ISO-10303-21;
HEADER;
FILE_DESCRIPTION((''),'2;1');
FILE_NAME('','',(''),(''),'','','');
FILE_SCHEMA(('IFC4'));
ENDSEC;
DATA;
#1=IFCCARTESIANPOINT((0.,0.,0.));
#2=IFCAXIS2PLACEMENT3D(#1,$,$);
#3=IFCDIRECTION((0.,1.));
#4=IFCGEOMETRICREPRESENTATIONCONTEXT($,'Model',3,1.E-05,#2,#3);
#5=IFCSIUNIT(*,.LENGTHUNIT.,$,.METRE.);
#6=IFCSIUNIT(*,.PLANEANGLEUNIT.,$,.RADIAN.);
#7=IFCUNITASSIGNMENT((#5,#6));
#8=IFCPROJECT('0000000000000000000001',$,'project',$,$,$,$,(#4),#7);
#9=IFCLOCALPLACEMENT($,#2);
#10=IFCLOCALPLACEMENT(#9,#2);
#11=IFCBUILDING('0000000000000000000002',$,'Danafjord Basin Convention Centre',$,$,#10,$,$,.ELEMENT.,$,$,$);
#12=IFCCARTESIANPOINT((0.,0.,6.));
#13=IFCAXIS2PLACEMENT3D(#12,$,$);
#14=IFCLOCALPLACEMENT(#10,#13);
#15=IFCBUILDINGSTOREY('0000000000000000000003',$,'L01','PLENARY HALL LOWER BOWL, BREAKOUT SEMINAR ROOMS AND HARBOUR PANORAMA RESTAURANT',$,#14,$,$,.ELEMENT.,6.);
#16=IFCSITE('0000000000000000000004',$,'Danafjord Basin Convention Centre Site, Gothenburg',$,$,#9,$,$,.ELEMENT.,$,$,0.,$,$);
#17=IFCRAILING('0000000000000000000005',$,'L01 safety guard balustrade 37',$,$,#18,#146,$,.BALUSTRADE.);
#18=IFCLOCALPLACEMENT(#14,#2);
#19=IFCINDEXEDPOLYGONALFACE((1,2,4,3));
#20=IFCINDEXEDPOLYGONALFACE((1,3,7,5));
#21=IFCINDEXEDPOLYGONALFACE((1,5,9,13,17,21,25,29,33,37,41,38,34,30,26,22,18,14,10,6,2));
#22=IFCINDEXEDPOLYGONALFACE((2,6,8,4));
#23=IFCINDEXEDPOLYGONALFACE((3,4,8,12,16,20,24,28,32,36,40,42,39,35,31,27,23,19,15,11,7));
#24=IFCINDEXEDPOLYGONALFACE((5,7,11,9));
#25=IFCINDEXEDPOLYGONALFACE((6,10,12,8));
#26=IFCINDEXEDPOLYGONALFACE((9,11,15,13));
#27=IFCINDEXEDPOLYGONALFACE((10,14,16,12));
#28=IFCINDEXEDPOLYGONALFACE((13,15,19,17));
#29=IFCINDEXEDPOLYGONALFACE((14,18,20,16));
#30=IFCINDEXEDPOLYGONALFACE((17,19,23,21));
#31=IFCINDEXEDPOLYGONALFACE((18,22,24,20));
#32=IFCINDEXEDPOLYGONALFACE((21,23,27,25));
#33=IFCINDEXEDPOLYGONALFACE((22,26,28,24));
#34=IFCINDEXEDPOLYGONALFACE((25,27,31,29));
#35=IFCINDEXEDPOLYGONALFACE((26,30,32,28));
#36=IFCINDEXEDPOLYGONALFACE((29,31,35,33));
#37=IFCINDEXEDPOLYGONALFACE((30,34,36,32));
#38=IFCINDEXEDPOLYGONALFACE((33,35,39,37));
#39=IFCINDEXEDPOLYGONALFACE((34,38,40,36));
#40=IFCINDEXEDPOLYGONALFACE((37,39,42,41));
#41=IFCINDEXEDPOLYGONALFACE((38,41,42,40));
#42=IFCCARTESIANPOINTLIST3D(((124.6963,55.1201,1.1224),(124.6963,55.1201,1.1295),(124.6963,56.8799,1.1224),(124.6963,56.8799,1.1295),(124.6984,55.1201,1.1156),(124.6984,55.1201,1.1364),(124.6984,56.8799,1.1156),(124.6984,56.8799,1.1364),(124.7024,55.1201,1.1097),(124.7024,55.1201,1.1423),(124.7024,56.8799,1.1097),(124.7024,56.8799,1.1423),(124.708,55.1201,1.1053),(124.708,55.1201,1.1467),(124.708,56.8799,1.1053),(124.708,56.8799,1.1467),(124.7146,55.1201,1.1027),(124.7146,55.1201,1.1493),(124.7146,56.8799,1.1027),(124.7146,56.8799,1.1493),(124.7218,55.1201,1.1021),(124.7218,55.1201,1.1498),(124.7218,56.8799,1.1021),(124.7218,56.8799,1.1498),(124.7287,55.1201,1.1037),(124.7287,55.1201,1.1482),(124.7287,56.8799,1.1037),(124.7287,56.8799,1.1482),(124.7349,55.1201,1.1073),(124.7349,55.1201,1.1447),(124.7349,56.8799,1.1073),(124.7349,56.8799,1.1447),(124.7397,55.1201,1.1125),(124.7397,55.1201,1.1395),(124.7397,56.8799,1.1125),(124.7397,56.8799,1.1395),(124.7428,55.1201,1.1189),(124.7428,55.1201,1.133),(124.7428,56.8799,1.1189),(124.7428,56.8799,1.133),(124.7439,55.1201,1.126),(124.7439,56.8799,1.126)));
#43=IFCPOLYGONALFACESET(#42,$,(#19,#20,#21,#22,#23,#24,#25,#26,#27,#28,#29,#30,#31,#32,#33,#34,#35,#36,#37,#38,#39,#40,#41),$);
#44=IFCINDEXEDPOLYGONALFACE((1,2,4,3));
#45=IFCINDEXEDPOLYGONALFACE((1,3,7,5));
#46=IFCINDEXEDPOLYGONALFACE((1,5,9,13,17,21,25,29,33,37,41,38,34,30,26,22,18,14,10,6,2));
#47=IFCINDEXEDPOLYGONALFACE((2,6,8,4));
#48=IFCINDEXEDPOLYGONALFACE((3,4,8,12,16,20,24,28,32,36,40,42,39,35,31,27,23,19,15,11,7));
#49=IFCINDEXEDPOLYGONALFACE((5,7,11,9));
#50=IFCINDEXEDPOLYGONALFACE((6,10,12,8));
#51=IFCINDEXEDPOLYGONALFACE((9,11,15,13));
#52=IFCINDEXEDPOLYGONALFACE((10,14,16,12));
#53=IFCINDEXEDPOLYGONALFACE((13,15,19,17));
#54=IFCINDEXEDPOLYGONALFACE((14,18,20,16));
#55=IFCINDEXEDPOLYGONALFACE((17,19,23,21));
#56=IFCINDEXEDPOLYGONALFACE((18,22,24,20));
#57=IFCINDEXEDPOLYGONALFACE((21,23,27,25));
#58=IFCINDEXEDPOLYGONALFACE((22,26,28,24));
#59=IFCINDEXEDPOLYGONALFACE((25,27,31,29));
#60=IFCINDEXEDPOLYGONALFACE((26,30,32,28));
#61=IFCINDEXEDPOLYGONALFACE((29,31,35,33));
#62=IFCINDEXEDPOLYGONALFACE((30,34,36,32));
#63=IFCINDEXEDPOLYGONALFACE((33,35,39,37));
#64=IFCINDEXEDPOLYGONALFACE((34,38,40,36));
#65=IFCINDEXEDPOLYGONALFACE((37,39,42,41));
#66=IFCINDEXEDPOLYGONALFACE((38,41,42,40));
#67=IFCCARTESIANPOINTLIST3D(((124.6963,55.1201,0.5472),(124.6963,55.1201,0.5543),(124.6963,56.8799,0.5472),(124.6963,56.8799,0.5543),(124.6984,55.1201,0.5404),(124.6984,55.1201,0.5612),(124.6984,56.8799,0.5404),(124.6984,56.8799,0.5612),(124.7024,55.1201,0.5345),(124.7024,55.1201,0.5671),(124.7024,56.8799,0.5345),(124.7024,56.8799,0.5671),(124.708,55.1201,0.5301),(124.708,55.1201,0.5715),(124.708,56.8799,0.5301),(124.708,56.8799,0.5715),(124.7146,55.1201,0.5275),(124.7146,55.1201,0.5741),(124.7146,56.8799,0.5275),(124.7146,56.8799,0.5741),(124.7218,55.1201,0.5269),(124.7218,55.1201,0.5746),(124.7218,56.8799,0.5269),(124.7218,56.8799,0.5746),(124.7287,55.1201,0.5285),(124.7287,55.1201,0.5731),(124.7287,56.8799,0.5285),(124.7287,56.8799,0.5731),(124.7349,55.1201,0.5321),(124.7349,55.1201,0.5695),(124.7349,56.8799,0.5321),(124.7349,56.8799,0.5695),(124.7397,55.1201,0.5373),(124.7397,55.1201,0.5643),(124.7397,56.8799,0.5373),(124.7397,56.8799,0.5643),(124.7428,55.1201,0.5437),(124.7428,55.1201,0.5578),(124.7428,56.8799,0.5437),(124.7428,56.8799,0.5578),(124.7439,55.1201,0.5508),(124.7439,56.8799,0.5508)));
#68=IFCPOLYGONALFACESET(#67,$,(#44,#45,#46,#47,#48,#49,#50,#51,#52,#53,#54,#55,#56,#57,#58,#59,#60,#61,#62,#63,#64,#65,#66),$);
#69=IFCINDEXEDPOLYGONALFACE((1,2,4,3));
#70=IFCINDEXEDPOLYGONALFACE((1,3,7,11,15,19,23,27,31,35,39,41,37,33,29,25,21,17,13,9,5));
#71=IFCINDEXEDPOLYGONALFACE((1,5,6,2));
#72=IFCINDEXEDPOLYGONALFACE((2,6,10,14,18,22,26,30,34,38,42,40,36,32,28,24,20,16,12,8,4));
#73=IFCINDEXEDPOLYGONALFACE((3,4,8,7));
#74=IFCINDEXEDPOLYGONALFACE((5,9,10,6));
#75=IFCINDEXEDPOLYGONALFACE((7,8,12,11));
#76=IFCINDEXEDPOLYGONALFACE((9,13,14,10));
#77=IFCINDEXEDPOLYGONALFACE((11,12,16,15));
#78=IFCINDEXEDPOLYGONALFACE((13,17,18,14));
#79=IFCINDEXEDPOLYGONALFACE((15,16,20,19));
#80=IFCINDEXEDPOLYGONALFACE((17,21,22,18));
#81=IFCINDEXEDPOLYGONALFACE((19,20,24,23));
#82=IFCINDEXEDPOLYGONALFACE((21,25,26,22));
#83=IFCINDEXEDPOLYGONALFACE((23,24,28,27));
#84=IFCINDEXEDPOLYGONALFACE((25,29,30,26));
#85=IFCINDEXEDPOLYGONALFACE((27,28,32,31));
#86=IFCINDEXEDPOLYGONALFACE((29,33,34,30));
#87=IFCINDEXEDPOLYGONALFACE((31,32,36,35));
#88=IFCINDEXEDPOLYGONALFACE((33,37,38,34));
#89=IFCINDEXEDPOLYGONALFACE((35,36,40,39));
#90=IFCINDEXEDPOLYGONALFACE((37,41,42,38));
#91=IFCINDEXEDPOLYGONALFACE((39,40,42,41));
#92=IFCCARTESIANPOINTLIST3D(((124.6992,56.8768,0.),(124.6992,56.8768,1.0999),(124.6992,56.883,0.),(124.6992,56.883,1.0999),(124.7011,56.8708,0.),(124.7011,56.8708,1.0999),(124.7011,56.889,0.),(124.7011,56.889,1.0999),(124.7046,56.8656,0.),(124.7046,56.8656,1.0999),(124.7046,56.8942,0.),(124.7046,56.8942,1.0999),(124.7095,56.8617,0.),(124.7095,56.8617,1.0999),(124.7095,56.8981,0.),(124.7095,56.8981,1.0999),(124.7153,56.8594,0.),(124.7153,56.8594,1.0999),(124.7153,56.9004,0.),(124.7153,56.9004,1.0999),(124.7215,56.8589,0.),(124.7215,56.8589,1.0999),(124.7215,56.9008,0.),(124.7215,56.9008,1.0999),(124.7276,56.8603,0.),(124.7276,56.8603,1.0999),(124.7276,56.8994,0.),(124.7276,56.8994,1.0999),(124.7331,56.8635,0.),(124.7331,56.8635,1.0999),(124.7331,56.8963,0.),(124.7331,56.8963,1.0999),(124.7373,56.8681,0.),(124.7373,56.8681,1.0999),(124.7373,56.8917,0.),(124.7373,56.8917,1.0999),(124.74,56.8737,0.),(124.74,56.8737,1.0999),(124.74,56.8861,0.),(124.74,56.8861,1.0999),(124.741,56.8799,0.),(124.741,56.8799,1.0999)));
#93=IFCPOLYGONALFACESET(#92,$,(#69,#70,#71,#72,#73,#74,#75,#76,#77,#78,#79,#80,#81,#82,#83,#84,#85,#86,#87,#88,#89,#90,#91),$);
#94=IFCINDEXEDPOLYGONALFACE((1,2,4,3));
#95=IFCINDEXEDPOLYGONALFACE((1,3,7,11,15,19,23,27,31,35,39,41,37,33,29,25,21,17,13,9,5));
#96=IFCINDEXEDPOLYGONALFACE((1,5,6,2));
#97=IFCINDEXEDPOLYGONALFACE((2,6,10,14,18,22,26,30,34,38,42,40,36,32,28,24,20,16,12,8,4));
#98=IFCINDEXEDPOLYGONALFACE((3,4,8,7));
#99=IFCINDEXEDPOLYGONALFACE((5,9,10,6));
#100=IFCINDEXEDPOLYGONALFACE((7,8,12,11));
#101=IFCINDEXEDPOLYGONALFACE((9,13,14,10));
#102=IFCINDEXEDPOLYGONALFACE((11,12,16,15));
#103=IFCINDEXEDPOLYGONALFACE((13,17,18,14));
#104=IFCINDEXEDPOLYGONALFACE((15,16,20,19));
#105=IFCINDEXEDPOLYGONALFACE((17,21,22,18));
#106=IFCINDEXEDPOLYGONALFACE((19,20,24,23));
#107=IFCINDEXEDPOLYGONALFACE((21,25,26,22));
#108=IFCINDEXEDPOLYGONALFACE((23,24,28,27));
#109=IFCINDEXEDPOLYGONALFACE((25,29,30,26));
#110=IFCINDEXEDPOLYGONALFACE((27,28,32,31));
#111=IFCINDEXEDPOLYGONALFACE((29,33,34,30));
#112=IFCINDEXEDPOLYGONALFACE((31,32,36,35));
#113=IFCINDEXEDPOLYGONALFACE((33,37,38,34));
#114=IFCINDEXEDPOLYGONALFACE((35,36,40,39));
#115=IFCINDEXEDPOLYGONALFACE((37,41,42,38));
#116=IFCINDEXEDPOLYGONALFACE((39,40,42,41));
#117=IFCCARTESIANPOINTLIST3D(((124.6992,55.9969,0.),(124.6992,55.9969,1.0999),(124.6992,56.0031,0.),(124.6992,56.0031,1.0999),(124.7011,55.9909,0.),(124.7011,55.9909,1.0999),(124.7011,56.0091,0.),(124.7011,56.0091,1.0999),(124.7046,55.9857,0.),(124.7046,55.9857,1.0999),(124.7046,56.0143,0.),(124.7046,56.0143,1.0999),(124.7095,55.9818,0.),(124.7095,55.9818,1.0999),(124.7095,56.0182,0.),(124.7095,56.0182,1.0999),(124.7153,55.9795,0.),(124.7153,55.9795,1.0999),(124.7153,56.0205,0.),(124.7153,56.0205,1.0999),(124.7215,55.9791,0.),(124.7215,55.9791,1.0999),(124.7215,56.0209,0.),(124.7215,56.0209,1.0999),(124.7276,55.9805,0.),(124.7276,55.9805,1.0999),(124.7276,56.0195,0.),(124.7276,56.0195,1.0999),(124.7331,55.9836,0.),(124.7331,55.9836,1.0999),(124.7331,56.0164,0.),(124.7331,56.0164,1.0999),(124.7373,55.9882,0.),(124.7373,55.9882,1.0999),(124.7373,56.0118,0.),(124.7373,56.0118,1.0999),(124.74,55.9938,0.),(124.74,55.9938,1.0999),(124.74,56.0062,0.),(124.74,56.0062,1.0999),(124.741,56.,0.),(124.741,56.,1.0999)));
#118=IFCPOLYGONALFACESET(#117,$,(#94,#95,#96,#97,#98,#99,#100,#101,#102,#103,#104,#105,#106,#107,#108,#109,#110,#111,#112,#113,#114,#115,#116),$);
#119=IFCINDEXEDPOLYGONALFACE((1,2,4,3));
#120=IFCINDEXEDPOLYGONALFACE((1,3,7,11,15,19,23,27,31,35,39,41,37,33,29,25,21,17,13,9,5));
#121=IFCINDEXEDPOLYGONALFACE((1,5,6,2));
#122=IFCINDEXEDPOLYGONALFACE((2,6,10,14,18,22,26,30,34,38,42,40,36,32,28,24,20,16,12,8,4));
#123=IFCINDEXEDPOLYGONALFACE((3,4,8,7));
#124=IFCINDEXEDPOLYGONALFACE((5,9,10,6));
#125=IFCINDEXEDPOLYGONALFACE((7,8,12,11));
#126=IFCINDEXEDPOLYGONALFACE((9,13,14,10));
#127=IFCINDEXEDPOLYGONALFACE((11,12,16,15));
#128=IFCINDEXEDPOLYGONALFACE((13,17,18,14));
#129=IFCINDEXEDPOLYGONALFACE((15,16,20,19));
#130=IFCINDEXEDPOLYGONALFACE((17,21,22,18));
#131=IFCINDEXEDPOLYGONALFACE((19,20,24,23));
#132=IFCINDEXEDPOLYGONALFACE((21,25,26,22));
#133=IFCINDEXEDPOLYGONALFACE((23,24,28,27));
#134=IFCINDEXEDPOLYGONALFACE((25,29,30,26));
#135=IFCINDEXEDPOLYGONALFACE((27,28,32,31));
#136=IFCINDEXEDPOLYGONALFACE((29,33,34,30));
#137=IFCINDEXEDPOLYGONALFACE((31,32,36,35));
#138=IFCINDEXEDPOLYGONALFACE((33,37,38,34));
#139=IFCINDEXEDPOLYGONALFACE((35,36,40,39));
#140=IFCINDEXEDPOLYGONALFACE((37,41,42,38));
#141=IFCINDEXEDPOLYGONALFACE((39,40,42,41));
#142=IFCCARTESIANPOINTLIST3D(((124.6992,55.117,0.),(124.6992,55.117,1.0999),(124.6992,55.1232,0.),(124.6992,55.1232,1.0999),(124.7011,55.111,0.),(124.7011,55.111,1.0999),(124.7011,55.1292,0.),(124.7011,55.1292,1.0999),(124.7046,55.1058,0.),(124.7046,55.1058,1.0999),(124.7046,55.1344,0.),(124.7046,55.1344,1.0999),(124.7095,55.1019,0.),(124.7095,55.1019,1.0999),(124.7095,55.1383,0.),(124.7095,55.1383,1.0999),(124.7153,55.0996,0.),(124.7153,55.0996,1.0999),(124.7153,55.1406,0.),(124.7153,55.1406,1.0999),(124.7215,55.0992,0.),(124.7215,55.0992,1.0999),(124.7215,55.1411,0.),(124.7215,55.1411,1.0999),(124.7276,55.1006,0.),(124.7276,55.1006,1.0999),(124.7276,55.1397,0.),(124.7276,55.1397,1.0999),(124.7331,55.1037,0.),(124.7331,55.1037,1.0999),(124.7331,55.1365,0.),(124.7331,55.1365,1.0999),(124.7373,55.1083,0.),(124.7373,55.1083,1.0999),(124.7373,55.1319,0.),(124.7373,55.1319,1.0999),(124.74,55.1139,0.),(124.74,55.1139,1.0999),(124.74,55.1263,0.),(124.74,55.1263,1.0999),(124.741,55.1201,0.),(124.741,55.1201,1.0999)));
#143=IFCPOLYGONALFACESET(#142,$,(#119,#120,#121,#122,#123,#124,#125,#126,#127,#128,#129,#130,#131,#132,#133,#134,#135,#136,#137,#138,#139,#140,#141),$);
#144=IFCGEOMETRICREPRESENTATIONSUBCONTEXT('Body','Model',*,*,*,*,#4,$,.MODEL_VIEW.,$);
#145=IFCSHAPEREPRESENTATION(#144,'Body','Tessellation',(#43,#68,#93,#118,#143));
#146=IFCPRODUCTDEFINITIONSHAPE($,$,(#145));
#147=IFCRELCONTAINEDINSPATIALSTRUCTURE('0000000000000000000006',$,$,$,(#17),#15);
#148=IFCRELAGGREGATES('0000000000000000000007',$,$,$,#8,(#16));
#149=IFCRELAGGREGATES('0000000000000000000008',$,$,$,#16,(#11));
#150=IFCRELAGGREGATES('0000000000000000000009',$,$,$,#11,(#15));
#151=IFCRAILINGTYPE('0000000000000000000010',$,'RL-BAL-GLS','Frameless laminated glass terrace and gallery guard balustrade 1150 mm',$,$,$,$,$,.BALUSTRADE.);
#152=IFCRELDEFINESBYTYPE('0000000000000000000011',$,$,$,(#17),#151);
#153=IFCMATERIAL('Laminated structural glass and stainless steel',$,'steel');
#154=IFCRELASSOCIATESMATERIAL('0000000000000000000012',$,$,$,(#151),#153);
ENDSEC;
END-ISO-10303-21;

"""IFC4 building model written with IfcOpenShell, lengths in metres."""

from ifc_helpers import new_model, si_unit, direction, frame, origin, origin_2d, place, context, subcontext, project, spatial, circle, extrude, material, type_object, element, save


model = new_model("IFC4")

# Units and contexts
model_context = context("Model", 3, precision=1e-05, world=origin(), true_north=direction((0.0, 1.0)))
body_context = subcontext(model_context, "Body", "Model", "MODEL_VIEW")
ifc_project = project(units=[si_unit("LENGTHUNIT", "METRE"), si_unit("PLANEANGLEUNIT", "RADIAN")], contexts=[model_context])

# Site, building, storey
site_placement = place(None, origin())
site = spatial("IfcSite", under=ifc_project, at=site_placement, Name="Danafjord Basin Convention Centre Site, Gothenburg", CompositionType="ELEMENT", RefElevation=0.0)
building_placement = place(site_placement, origin())
building = spatial("IfcBuilding", under=site, at=building_placement, Name="Danafjord Basin Convention Centre", CompositionType="ELEMENT")
storey_placement = place(building_placement, frame((0.0, 0.0, 6.0)))
storey = spatial("IfcBuildingStorey", under=building, at=storey_placement, Name="L01", Description="PLENARY HALL LOWER BOWL, BREAKOUT SEMINAR ROOMS AND HARBOUR PANORAMA RESTAURANT", CompositionType="ELEMENT", Elevation=6.0)

# Railing
ifc_material_1 = material(Name="Laminated structural glass and stainless steel", Category="steel")
railing_type = type_object("IfcRailingType", Name="RL-BAL-GLS", Description="Frameless laminated glass terrace and gallery guard balustrade 1150 mm", PredefinedType="BALUSTRADE", material=ifc_material_1)
for number, where, name in (
    (1, (124.72, 56.8799, 0.0), "L01 safety guard balustrade 37"),
):
    element("IfcRailing", number, at=place(storey_placement, frame(where)), inside=storey, type_object=railing_type, Name=name, PredefinedType="BALUSTRADE", context=body_context, shape_type="SweptSolid", body=[
        extrude(circle(Radius=0.0239, at=origin_2d()), frame((0.0, 0.0, 1.126), z_axis=(0.0, -1.0, 0.0), x_axis=(1.0, 0.0, 0.0)), (0.0, 0.0, 1.0), 1.7598),
        extrude(circle(Radius=0.0239, at=origin_2d()), frame((0.0, 0.0, 0.5508), z_axis=(0.0, -1.0, 0.0), x_axis=(1.0, 0.0, 0.0)), (0.0, 0.0, 1.0), 1.7598),
        extrude(circle(Radius=0.021, at=origin_2d()), origin(), (0.0, 0.0, 1.0), 1.0999),
        extrude(circle(Radius=0.021, at=origin_2d()), frame((0.0, -0.8799, 0.0)), (0.0, 0.0, 1.0), 1.0999),
        extrude(circle(Radius=0.021, at=origin_2d()), frame((0.0, -1.7598, 0.0)), (0.0, 0.0, 1.0), 1.0999),
    ])

save(model, "model.ifc")
